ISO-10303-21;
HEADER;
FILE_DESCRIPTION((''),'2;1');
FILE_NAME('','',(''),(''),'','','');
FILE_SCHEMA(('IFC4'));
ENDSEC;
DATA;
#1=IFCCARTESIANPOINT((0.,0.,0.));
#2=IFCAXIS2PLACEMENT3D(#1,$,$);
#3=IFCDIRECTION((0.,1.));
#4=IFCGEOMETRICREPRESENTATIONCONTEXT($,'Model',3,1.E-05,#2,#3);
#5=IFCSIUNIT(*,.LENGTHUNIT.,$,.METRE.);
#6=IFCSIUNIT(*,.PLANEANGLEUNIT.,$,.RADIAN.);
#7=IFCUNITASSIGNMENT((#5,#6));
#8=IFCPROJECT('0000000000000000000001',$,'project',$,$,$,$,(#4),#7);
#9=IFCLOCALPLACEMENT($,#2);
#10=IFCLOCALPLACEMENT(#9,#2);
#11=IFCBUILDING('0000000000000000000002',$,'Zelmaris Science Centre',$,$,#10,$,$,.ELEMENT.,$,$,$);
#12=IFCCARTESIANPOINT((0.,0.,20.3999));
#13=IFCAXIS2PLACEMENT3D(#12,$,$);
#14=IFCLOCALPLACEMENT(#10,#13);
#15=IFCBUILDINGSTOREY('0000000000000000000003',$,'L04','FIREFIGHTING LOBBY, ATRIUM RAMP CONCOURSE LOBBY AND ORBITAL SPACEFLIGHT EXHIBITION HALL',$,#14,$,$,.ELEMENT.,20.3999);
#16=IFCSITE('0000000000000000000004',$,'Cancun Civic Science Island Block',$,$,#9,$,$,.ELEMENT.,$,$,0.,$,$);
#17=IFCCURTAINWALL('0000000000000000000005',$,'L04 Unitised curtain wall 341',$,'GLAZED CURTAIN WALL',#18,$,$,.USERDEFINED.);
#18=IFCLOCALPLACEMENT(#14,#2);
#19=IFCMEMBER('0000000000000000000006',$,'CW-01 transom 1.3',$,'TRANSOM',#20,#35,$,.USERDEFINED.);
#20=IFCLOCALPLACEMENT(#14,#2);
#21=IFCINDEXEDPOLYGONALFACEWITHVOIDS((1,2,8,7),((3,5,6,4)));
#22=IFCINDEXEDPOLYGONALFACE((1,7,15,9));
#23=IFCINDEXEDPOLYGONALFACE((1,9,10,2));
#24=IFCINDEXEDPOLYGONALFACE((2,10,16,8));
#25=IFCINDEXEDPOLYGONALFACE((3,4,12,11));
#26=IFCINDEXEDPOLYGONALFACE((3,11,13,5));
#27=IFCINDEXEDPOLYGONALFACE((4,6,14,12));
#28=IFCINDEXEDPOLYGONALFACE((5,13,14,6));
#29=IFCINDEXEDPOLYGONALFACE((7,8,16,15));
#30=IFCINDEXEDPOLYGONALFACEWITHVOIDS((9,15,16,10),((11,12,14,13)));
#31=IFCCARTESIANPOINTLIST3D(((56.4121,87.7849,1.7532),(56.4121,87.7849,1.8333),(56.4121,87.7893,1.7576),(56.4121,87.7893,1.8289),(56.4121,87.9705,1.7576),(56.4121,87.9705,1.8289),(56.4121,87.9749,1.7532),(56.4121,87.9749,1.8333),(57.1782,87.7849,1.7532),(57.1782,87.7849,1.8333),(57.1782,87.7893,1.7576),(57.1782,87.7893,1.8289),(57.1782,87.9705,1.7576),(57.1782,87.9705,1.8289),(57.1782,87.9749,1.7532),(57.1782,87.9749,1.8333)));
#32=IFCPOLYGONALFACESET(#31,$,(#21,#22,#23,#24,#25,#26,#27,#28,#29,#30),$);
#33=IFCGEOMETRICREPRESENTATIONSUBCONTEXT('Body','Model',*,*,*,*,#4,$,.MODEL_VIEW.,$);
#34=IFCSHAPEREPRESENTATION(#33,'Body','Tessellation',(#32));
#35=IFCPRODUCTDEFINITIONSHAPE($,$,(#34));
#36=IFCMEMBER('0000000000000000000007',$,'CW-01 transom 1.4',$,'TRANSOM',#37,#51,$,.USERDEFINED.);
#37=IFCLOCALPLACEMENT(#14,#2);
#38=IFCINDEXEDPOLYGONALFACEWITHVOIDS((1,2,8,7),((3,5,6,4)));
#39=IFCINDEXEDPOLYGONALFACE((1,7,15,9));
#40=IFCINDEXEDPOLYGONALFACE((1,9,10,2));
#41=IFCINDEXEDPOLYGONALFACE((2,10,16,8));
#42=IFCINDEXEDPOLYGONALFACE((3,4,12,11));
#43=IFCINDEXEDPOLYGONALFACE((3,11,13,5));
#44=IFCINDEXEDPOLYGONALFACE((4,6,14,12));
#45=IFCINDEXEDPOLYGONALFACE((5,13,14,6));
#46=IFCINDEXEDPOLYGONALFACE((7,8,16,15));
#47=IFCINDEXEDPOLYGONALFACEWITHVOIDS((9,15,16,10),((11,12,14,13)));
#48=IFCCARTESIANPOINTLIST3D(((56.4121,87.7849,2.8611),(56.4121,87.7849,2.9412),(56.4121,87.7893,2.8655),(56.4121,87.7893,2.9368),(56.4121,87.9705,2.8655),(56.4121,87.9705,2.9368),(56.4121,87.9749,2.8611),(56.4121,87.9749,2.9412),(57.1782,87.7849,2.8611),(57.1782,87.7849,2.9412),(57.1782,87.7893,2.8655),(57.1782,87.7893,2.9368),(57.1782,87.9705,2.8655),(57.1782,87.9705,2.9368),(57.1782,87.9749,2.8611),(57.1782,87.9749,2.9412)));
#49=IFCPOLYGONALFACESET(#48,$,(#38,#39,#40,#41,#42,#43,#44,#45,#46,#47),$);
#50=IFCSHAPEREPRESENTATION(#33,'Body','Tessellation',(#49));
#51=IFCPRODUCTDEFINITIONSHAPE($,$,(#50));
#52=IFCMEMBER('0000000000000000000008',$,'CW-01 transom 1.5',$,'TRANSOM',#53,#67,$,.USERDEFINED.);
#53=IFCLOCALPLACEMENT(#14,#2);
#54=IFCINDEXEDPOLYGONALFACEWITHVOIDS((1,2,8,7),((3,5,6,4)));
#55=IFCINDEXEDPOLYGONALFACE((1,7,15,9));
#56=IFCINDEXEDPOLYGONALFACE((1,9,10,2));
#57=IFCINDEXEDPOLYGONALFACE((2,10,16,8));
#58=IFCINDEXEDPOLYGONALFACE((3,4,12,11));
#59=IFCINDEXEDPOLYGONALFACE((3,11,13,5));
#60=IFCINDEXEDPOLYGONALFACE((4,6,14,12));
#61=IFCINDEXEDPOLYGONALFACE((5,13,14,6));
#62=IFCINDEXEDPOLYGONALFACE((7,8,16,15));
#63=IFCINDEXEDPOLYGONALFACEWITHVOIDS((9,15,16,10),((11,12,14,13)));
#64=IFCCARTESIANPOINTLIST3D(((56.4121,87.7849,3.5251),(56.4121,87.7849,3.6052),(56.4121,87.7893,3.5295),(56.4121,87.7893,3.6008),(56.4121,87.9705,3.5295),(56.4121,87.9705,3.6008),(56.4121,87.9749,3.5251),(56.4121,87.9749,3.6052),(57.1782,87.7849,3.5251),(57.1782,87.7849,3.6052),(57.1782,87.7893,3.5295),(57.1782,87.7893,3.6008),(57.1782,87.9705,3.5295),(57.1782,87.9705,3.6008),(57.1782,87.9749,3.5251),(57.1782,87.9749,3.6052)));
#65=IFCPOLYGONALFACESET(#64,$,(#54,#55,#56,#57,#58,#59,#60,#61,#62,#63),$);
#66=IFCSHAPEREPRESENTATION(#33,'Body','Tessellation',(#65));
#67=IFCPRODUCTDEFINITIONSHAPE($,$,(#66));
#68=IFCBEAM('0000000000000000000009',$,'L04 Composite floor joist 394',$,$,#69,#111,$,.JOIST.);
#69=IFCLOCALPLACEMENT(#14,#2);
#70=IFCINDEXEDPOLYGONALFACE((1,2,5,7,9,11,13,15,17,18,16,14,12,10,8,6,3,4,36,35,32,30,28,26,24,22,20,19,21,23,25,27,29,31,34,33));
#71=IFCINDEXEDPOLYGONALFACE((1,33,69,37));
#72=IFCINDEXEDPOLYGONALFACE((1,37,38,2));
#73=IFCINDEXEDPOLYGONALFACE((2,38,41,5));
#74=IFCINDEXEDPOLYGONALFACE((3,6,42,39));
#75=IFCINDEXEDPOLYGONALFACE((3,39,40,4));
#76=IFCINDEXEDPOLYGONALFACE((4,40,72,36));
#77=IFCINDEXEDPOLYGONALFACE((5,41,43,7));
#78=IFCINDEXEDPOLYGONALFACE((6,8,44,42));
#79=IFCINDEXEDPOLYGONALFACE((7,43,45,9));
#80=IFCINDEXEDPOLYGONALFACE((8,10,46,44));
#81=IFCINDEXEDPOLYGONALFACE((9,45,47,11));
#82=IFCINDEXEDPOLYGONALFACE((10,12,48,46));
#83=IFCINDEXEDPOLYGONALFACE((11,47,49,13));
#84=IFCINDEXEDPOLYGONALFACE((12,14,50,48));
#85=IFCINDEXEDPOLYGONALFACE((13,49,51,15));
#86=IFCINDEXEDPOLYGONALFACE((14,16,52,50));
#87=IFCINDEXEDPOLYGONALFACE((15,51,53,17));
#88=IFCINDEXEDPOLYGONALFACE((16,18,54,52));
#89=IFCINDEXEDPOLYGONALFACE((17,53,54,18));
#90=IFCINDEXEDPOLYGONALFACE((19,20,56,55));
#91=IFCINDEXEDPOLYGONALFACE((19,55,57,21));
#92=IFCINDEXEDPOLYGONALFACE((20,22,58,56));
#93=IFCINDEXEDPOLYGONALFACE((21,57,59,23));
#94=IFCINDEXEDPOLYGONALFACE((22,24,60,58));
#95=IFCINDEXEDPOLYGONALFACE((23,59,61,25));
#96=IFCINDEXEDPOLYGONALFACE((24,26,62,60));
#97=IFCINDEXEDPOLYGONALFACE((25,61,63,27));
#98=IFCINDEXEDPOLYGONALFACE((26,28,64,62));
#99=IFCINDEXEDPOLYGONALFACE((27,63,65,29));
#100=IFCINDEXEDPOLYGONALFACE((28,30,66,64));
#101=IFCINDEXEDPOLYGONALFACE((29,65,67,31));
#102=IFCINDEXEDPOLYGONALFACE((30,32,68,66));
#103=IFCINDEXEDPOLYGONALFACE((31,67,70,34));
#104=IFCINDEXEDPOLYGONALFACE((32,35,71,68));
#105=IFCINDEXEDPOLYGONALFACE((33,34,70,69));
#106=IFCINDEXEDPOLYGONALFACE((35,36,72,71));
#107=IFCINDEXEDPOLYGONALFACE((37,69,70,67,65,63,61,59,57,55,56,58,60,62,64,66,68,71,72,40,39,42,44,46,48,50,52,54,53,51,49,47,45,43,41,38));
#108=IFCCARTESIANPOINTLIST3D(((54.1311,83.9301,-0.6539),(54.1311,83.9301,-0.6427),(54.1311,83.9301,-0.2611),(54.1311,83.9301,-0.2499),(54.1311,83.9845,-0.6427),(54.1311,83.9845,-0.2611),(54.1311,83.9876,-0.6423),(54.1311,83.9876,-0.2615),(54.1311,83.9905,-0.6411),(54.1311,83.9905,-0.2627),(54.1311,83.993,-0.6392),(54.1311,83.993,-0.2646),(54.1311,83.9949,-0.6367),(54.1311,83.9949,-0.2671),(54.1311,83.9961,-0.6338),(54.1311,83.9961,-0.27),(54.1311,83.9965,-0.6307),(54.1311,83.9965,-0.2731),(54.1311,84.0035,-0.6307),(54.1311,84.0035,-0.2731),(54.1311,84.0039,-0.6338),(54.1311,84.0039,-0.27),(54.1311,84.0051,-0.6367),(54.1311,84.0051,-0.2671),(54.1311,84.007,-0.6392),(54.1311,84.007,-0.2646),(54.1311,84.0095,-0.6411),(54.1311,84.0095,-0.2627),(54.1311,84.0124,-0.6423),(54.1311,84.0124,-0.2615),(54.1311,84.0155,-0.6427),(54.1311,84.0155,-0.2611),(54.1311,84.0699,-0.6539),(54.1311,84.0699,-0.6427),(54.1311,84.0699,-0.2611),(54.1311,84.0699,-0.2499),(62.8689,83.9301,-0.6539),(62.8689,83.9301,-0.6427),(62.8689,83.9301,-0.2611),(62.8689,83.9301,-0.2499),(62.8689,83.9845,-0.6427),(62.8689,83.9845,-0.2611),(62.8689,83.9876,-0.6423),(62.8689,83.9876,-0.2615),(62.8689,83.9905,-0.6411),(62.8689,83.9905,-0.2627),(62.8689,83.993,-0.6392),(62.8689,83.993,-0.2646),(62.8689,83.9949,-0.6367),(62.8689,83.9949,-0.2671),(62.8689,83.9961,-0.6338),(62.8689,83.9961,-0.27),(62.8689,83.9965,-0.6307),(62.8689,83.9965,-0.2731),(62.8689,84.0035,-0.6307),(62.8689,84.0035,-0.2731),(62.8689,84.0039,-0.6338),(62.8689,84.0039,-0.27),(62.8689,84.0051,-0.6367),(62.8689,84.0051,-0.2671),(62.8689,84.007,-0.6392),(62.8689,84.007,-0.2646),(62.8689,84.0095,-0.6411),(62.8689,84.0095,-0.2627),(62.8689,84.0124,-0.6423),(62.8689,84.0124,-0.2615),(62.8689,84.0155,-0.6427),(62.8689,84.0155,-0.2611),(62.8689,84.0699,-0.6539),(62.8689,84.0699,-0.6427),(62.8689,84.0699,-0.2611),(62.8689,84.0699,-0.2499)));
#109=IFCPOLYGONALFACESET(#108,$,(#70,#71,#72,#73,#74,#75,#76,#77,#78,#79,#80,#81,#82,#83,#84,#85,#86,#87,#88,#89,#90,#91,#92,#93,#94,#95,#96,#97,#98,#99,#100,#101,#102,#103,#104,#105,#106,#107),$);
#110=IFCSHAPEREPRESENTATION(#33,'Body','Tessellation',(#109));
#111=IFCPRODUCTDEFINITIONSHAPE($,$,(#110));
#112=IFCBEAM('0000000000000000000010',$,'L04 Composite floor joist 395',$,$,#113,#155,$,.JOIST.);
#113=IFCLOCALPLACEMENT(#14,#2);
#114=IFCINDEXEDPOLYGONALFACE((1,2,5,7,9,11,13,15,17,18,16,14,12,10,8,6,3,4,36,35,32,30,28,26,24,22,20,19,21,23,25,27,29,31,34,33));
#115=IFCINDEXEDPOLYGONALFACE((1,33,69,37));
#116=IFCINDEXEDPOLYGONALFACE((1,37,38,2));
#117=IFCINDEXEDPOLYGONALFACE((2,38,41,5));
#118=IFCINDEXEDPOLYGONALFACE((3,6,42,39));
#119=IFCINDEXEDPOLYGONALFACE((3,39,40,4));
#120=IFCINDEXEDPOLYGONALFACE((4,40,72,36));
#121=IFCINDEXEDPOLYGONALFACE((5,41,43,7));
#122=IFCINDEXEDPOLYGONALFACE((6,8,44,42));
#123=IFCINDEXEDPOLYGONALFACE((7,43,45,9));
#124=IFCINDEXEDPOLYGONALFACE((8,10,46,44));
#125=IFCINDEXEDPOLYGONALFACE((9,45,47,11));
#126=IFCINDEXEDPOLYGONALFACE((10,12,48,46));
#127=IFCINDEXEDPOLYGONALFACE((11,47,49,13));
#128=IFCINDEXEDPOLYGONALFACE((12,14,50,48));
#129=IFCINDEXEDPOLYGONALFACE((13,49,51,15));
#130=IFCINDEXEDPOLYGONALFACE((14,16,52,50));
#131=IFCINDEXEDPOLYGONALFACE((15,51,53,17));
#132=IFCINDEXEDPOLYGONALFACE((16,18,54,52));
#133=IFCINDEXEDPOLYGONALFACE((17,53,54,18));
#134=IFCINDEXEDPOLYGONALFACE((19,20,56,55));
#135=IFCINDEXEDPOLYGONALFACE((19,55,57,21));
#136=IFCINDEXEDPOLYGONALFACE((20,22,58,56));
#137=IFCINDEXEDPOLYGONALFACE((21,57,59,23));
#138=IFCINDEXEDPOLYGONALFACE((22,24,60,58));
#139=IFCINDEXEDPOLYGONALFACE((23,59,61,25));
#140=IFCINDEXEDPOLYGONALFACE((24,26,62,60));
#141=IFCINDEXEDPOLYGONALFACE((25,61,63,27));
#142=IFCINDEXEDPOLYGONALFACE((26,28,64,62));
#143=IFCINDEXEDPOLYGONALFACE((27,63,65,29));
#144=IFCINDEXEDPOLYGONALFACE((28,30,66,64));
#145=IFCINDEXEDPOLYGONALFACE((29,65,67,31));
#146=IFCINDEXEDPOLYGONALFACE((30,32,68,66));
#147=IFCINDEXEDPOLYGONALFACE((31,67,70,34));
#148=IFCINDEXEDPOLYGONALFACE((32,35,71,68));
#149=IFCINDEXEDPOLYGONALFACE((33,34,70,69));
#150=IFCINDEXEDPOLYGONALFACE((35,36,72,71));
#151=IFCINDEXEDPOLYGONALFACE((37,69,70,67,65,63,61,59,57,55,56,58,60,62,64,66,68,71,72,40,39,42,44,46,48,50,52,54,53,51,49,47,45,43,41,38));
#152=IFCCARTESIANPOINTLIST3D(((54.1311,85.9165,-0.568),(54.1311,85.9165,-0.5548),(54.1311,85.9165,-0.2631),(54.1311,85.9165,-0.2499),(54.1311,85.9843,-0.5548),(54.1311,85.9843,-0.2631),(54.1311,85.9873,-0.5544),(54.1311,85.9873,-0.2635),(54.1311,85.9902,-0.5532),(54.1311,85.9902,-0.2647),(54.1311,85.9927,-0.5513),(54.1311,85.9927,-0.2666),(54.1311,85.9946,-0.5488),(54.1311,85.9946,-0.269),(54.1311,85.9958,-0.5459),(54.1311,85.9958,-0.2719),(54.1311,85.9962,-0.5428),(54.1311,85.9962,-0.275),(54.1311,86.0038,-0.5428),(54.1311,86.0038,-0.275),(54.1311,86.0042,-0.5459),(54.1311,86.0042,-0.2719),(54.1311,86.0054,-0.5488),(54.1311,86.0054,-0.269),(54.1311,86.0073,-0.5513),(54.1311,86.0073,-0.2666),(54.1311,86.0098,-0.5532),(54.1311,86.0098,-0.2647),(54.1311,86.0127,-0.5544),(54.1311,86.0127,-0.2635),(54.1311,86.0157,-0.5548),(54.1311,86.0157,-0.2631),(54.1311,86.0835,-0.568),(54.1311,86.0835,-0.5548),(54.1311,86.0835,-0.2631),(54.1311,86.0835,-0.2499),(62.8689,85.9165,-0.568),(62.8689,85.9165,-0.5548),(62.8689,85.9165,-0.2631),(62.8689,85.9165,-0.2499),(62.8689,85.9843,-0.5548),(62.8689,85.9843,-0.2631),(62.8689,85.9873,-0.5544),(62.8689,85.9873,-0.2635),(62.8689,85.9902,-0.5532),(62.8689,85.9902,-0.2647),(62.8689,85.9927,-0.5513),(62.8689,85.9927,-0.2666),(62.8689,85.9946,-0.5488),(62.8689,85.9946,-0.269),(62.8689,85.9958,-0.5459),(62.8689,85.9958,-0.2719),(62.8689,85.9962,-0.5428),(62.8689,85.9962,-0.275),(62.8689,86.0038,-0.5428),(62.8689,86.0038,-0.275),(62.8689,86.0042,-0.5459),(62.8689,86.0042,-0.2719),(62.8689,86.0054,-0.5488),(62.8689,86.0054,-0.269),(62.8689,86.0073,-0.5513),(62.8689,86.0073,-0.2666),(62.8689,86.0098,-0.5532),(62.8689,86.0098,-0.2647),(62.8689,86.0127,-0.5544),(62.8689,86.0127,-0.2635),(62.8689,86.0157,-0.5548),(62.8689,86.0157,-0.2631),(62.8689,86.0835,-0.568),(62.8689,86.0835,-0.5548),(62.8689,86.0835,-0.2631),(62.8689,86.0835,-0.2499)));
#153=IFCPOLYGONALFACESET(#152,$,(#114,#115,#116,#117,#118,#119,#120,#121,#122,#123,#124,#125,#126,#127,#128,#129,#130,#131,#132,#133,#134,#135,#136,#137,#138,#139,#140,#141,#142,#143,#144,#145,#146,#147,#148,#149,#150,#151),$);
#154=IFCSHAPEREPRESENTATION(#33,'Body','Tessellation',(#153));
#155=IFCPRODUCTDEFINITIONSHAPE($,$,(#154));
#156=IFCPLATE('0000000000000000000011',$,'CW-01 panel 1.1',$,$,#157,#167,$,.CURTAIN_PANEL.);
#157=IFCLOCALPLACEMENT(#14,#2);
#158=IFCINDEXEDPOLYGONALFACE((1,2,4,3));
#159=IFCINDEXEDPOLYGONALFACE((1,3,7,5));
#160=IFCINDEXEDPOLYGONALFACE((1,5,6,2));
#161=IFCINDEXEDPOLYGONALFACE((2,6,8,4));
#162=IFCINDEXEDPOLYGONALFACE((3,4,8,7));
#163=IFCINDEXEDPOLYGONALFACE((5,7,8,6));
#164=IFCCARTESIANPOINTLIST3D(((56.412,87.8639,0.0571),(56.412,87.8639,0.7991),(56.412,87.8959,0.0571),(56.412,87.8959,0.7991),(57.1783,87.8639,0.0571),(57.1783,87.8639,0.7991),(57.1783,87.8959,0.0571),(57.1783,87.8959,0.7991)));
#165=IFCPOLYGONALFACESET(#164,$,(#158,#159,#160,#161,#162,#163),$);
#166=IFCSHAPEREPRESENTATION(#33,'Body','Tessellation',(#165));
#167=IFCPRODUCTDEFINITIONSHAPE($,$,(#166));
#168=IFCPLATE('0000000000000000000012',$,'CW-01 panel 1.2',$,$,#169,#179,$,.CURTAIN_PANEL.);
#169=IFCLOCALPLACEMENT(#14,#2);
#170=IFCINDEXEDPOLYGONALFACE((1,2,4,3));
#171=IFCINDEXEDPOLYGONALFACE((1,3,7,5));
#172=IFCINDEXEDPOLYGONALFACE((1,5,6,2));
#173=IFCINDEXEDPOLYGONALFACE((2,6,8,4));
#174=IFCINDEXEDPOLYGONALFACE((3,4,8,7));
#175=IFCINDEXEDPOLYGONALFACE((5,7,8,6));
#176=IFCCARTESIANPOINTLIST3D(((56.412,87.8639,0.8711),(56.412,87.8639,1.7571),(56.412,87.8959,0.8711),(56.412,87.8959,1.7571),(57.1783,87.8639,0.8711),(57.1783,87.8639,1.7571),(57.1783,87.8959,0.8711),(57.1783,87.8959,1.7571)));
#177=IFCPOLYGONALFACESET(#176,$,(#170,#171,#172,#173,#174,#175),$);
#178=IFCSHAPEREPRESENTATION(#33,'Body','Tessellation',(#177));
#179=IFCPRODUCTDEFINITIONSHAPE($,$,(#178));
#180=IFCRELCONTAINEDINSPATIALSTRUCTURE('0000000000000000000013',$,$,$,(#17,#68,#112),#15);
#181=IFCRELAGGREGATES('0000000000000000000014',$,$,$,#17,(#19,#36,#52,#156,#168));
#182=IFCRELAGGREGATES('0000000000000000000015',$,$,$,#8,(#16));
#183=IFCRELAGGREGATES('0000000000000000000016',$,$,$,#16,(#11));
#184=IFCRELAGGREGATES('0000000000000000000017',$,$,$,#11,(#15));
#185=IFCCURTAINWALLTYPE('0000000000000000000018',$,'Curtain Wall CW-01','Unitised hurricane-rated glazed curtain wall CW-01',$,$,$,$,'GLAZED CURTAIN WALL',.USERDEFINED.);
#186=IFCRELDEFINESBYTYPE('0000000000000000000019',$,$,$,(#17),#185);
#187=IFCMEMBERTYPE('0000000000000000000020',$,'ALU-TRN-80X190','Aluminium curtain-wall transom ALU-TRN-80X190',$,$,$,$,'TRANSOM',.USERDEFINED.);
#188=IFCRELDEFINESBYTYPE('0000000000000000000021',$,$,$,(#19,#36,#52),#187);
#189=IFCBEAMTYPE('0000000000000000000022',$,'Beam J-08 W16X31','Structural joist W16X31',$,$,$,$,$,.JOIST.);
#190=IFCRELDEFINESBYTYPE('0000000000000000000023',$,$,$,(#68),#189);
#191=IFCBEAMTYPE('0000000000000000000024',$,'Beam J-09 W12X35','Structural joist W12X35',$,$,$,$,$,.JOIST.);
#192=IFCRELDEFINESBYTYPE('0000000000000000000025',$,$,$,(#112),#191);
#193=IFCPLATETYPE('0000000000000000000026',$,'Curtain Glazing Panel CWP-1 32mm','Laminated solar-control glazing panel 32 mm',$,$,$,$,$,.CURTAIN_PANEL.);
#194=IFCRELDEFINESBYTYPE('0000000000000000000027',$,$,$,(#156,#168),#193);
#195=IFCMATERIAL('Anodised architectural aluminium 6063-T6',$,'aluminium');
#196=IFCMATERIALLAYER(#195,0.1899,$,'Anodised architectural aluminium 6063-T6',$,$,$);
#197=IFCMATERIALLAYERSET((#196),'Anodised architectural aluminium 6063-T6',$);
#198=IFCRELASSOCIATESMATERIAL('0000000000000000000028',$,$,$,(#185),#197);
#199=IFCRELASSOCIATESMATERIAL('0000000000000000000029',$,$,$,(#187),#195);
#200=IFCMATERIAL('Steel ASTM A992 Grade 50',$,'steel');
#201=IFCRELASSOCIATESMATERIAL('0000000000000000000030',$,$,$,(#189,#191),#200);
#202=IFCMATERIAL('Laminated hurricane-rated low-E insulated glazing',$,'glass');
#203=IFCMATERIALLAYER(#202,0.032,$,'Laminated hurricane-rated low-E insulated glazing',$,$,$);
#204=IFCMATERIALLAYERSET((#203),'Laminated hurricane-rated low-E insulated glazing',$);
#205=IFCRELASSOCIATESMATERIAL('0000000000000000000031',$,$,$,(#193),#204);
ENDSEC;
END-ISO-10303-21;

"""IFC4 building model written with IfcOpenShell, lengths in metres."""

from ifc_helpers import new_model, si_unit, direction, frame, origin, origin_2d, place, context, subcontext, project, spatial, rectangle, hollow_rectangle, i_section, extrude, material, layer, layer_set, material_profile, profile_set, type_object, element, aggregate, save


model = new_model("IFC4")

# Units and contexts
model_context = context("Model", 3, precision=1e-05, world=origin(), true_north=direction((0.0, 1.0)))
body_context = subcontext(model_context, "Body", "Model", "MODEL_VIEW")
ifc_project = project(units=[si_unit("LENGTHUNIT", "METRE"), si_unit("PLANEANGLEUNIT", "RADIAN")], contexts=[model_context])

# Site, building, storey
site_placement = place(None, origin())
site = spatial("IfcSite", under=ifc_project, at=site_placement, Name="Cancun Civic Science Island Block", CompositionType="ELEMENT", RefElevation=0.0)
building_placement = place(site_placement, origin())
building = spatial("IfcBuilding", under=site, at=building_placement, Name="Zelmaris Science Centre", CompositionType="ELEMENT")
storey_placement = place(building_placement, frame((0.0, 0.0, 20.3999)))
storey = spatial("IfcBuildingStorey", under=building, at=storey_placement, Name="L04", Description="FIREFIGHTING LOBBY, ATRIUM RAMP CONCOURSE LOBBY AND ORBITAL SPACEFLIGHT EXHIBITION HALL", CompositionType="ELEMENT", Elevation=20.3999)

# Shared definitions
ifc_material_1 = material(Name="Anodised architectural aluminium 6063-T6", Category="aluminium")

# Curtain wall
ifc_layer_1 = layer(ifc_material_1, 0.1899, Name="Anodised architectural aluminium 6063-T6")
ifc_layer_set_1 = layer_set([ifc_layer_1], Name="Anodised architectural aluminium 6063-T6")
curtain_wall_type_1 = type_object("IfcCurtainWallType", Name="Curtain Wall CW-01", Description="Unitised hurricane-rated glazed curtain wall CW-01", ElementType="GLAZED CURTAIN WALL", PredefinedType="USERDEFINED", material=ifc_layer_set_1)
curtain_wall_1_placement = place(storey_placement, origin())
curtain_wall_1 = element("IfcCurtainWall", 1, at=curtain_wall_1_placement, inside=storey, type_object=curtain_wall_type_1, Name="L04 Unitised curtain wall 341", ObjectType="GLAZED CURTAIN WALL", PredefinedType="USERDEFINED")

# Members
ifc_material_profile_1 = material_profile(ifc_material_1, hollow_rectangle(XDim=0.0801, YDim=0.1899, WallThickness=0.0044, at=origin_2d()), Name="ALU-TRN-80X190")
ifc_profile_set_1 = profile_set([ifc_material_profile_1], Name="Anodised architectural aluminium 6063-T6")
member_type_1 = type_object("IfcMemberType", Name="ALU-TRN-80X190", Description="Aluminium curtain-wall transom ALU-TRN-80X190", ElementType="TRANSOM", PredefinedType="USERDEFINED", material=ifc_profile_set_1)
member_1_placement = place(storey_placement, frame((56.4121, 87.8799, 1.7932), z_axis=(1.0, 0.0, 0.0), x_axis=(0.0, 0.0, 1.0)))
member_1 = element("IfcMember", 2, at=member_1_placement, type_object=member_type_1, Name="CW-01 transom 1.3", ObjectType="TRANSOM", PredefinedType="USERDEFINED", context=body_context, shape_type="SweptSolid", body=[
    extrude(hollow_rectangle(XDim=0.0801, YDim=0.1899, WallThickness=0.0044, at=origin_2d()), origin(), (0.0, 0.0, 1.0), 0.7661),
])
member_2_placement = place(storey_placement, frame((56.4121, 87.8799, 2.9011), z_axis=(1.0, 0.0, 0.0), x_axis=(0.0, 0.0, 1.0)))
member_2 = element("IfcMember", 3, at=member_2_placement, type_object=member_type_1, Name="CW-01 transom 1.4", ObjectType="TRANSOM", PredefinedType="USERDEFINED", context=body_context, shape_type="SweptSolid", body=[
    extrude(hollow_rectangle(XDim=0.0801, YDim=0.1899, WallThickness=0.0044, at=origin_2d()), origin(), (0.0, 0.0, 1.0), 0.7661),
])
member_3_placement = place(storey_placement, frame((56.4121, 87.8799, 3.5652), z_axis=(1.0, 0.0, 0.0), x_axis=(0.0, 0.0, 1.0)))
member_3 = element("IfcMember", 4, at=member_3_placement, type_object=member_type_1, Name="CW-01 transom 1.5", ObjectType="TRANSOM", PredefinedType="USERDEFINED", context=body_context, shape_type="SweptSolid", body=[
    extrude(hollow_rectangle(XDim=0.0801, YDim=0.1899, WallThickness=0.0044, at=origin_2d()), origin(), (0.0, 0.0, 1.0), 0.7661),
])

# Beams
ifc_material_2 = material(Name="Steel ASTM A992 Grade 50", Category="steel")
ifc_material_profile_2 = material_profile(ifc_material_2, i_section(OverallWidth=0.1399, OverallDepth=0.4041, WebThickness=0.0071, FlangeThickness=0.0112, FilletRadius=0.012, at=origin_2d()), Name="W16X31")
ifc_profile_set_2 = profile_set([ifc_material_profile_2], Name="Steel ASTM A992 Grade 50")
beam_type_1 = type_object("IfcBeamType", Name="Beam J-08 W16X31", Description="Structural joist W16X31", PredefinedType="JOIST", material=ifc_profile_set_2)
beam_1_placement = place(storey_placement, frame((54.1311, 84.0, -0.4519), z_axis=(1.0, 0.0, 0.0), x_axis=(0.0, 1.0, 0.0)))
element("IfcBeam", 5, at=beam_1_placement, inside=storey, type_object=beam_type_1, Name="L04 Composite floor joist 394", PredefinedType="JOIST", context=body_context, shape_type="SweptSolid", body=[
    extrude(i_section(OverallWidth=0.1399, OverallDepth=0.4041, WebThickness=0.0071, FlangeThickness=0.0112, FilletRadius=0.012, at=origin_2d()), origin(), (0.0, 0.0, 1.0), 8.7378),
])
ifc_material_profile_3 = material_profile(ifc_material_2, i_section(OverallWidth=0.167, OverallDepth=0.3181, WebThickness=0.0076, FlangeThickness=0.0132, FilletRadius=0.012, at=origin_2d()), Name="W12X35")
ifc_profile_set_3 = profile_set([ifc_material_profile_3], Name="Steel ASTM A992 Grade 50")
beam_type_2 = type_object("IfcBeamType", Name="Beam J-09 W12X35", Description="Structural joist W12X35", PredefinedType="JOIST", material=ifc_profile_set_3)
beam_2_placement = place(storey_placement, frame((54.1311, 86.0, -0.4089), z_axis=(1.0, 0.0, 0.0), x_axis=(0.0, 1.0, 0.0)))
element("IfcBeam", 6, at=beam_2_placement, inside=storey, type_object=beam_type_2, Name="L04 Composite floor joist 395", PredefinedType="JOIST", context=body_context, shape_type="SweptSolid", body=[
    extrude(i_section(OverallWidth=0.167, OverallDepth=0.3181, WebThickness=0.0076, FlangeThickness=0.0132, FilletRadius=0.012, at=origin_2d()), origin(), (0.0, 0.0, 1.0), 8.7378),
])

# Plates
ifc_material_3 = material(Name="Laminated hurricane-rated low-E insulated glazing", Category="glass")
ifc_layer_2 = layer(ifc_material_3, 0.032, Name="Laminated hurricane-rated low-E insulated glazing")
ifc_layer_set_2 = layer_set([ifc_layer_2], Name="Laminated hurricane-rated low-E insulated glazing")
plate_type_1 = type_object("IfcPlateType", Name="Curtain Glazing Panel CWP-1 32mm", Description="Laminated solar-control glazing panel 32 mm", PredefinedType="CURTAIN_PANEL", material=ifc_layer_set_2)
plate_1_placement = place(storey_placement, frame((56.7952, 87.8799, 0.0571), z_axis=(0.0, 0.0, 1.0), x_axis=(1.0, 0.0, 0.0)))
plate_1 = element("IfcPlate", 7, at=plate_1_placement, type_object=plate_type_1, Name="CW-01 panel 1.1", PredefinedType="CURTAIN_PANEL", context=body_context, shape_type="SweptSolid", body=[
    extrude(rectangle(XDim=0.7664, YDim=0.032, at=origin_2d()), origin(), (0.0, 0.0, 1.0), 0.7419),
])
plate_2_placement = place(storey_placement, frame((56.7952, 87.8799, 0.8711), z_axis=(0.0, 0.0, 1.0), x_axis=(1.0, 0.0, 0.0)))
plate_2 = element("IfcPlate", 8, at=plate_2_placement, type_object=plate_type_1, Name="CW-01 panel 1.2", PredefinedType="CURTAIN_PANEL", context=body_context, shape_type="SweptSolid", body=[
    extrude(rectangle(XDim=0.7664, YDim=0.032, at=origin_2d()), origin(), (0.0, 0.0, 1.0), 0.886),
])
aggregate(curtain_wall_1, [member_1, member_2, member_3, plate_1, plate_2])

save(model, "model.ifc")
